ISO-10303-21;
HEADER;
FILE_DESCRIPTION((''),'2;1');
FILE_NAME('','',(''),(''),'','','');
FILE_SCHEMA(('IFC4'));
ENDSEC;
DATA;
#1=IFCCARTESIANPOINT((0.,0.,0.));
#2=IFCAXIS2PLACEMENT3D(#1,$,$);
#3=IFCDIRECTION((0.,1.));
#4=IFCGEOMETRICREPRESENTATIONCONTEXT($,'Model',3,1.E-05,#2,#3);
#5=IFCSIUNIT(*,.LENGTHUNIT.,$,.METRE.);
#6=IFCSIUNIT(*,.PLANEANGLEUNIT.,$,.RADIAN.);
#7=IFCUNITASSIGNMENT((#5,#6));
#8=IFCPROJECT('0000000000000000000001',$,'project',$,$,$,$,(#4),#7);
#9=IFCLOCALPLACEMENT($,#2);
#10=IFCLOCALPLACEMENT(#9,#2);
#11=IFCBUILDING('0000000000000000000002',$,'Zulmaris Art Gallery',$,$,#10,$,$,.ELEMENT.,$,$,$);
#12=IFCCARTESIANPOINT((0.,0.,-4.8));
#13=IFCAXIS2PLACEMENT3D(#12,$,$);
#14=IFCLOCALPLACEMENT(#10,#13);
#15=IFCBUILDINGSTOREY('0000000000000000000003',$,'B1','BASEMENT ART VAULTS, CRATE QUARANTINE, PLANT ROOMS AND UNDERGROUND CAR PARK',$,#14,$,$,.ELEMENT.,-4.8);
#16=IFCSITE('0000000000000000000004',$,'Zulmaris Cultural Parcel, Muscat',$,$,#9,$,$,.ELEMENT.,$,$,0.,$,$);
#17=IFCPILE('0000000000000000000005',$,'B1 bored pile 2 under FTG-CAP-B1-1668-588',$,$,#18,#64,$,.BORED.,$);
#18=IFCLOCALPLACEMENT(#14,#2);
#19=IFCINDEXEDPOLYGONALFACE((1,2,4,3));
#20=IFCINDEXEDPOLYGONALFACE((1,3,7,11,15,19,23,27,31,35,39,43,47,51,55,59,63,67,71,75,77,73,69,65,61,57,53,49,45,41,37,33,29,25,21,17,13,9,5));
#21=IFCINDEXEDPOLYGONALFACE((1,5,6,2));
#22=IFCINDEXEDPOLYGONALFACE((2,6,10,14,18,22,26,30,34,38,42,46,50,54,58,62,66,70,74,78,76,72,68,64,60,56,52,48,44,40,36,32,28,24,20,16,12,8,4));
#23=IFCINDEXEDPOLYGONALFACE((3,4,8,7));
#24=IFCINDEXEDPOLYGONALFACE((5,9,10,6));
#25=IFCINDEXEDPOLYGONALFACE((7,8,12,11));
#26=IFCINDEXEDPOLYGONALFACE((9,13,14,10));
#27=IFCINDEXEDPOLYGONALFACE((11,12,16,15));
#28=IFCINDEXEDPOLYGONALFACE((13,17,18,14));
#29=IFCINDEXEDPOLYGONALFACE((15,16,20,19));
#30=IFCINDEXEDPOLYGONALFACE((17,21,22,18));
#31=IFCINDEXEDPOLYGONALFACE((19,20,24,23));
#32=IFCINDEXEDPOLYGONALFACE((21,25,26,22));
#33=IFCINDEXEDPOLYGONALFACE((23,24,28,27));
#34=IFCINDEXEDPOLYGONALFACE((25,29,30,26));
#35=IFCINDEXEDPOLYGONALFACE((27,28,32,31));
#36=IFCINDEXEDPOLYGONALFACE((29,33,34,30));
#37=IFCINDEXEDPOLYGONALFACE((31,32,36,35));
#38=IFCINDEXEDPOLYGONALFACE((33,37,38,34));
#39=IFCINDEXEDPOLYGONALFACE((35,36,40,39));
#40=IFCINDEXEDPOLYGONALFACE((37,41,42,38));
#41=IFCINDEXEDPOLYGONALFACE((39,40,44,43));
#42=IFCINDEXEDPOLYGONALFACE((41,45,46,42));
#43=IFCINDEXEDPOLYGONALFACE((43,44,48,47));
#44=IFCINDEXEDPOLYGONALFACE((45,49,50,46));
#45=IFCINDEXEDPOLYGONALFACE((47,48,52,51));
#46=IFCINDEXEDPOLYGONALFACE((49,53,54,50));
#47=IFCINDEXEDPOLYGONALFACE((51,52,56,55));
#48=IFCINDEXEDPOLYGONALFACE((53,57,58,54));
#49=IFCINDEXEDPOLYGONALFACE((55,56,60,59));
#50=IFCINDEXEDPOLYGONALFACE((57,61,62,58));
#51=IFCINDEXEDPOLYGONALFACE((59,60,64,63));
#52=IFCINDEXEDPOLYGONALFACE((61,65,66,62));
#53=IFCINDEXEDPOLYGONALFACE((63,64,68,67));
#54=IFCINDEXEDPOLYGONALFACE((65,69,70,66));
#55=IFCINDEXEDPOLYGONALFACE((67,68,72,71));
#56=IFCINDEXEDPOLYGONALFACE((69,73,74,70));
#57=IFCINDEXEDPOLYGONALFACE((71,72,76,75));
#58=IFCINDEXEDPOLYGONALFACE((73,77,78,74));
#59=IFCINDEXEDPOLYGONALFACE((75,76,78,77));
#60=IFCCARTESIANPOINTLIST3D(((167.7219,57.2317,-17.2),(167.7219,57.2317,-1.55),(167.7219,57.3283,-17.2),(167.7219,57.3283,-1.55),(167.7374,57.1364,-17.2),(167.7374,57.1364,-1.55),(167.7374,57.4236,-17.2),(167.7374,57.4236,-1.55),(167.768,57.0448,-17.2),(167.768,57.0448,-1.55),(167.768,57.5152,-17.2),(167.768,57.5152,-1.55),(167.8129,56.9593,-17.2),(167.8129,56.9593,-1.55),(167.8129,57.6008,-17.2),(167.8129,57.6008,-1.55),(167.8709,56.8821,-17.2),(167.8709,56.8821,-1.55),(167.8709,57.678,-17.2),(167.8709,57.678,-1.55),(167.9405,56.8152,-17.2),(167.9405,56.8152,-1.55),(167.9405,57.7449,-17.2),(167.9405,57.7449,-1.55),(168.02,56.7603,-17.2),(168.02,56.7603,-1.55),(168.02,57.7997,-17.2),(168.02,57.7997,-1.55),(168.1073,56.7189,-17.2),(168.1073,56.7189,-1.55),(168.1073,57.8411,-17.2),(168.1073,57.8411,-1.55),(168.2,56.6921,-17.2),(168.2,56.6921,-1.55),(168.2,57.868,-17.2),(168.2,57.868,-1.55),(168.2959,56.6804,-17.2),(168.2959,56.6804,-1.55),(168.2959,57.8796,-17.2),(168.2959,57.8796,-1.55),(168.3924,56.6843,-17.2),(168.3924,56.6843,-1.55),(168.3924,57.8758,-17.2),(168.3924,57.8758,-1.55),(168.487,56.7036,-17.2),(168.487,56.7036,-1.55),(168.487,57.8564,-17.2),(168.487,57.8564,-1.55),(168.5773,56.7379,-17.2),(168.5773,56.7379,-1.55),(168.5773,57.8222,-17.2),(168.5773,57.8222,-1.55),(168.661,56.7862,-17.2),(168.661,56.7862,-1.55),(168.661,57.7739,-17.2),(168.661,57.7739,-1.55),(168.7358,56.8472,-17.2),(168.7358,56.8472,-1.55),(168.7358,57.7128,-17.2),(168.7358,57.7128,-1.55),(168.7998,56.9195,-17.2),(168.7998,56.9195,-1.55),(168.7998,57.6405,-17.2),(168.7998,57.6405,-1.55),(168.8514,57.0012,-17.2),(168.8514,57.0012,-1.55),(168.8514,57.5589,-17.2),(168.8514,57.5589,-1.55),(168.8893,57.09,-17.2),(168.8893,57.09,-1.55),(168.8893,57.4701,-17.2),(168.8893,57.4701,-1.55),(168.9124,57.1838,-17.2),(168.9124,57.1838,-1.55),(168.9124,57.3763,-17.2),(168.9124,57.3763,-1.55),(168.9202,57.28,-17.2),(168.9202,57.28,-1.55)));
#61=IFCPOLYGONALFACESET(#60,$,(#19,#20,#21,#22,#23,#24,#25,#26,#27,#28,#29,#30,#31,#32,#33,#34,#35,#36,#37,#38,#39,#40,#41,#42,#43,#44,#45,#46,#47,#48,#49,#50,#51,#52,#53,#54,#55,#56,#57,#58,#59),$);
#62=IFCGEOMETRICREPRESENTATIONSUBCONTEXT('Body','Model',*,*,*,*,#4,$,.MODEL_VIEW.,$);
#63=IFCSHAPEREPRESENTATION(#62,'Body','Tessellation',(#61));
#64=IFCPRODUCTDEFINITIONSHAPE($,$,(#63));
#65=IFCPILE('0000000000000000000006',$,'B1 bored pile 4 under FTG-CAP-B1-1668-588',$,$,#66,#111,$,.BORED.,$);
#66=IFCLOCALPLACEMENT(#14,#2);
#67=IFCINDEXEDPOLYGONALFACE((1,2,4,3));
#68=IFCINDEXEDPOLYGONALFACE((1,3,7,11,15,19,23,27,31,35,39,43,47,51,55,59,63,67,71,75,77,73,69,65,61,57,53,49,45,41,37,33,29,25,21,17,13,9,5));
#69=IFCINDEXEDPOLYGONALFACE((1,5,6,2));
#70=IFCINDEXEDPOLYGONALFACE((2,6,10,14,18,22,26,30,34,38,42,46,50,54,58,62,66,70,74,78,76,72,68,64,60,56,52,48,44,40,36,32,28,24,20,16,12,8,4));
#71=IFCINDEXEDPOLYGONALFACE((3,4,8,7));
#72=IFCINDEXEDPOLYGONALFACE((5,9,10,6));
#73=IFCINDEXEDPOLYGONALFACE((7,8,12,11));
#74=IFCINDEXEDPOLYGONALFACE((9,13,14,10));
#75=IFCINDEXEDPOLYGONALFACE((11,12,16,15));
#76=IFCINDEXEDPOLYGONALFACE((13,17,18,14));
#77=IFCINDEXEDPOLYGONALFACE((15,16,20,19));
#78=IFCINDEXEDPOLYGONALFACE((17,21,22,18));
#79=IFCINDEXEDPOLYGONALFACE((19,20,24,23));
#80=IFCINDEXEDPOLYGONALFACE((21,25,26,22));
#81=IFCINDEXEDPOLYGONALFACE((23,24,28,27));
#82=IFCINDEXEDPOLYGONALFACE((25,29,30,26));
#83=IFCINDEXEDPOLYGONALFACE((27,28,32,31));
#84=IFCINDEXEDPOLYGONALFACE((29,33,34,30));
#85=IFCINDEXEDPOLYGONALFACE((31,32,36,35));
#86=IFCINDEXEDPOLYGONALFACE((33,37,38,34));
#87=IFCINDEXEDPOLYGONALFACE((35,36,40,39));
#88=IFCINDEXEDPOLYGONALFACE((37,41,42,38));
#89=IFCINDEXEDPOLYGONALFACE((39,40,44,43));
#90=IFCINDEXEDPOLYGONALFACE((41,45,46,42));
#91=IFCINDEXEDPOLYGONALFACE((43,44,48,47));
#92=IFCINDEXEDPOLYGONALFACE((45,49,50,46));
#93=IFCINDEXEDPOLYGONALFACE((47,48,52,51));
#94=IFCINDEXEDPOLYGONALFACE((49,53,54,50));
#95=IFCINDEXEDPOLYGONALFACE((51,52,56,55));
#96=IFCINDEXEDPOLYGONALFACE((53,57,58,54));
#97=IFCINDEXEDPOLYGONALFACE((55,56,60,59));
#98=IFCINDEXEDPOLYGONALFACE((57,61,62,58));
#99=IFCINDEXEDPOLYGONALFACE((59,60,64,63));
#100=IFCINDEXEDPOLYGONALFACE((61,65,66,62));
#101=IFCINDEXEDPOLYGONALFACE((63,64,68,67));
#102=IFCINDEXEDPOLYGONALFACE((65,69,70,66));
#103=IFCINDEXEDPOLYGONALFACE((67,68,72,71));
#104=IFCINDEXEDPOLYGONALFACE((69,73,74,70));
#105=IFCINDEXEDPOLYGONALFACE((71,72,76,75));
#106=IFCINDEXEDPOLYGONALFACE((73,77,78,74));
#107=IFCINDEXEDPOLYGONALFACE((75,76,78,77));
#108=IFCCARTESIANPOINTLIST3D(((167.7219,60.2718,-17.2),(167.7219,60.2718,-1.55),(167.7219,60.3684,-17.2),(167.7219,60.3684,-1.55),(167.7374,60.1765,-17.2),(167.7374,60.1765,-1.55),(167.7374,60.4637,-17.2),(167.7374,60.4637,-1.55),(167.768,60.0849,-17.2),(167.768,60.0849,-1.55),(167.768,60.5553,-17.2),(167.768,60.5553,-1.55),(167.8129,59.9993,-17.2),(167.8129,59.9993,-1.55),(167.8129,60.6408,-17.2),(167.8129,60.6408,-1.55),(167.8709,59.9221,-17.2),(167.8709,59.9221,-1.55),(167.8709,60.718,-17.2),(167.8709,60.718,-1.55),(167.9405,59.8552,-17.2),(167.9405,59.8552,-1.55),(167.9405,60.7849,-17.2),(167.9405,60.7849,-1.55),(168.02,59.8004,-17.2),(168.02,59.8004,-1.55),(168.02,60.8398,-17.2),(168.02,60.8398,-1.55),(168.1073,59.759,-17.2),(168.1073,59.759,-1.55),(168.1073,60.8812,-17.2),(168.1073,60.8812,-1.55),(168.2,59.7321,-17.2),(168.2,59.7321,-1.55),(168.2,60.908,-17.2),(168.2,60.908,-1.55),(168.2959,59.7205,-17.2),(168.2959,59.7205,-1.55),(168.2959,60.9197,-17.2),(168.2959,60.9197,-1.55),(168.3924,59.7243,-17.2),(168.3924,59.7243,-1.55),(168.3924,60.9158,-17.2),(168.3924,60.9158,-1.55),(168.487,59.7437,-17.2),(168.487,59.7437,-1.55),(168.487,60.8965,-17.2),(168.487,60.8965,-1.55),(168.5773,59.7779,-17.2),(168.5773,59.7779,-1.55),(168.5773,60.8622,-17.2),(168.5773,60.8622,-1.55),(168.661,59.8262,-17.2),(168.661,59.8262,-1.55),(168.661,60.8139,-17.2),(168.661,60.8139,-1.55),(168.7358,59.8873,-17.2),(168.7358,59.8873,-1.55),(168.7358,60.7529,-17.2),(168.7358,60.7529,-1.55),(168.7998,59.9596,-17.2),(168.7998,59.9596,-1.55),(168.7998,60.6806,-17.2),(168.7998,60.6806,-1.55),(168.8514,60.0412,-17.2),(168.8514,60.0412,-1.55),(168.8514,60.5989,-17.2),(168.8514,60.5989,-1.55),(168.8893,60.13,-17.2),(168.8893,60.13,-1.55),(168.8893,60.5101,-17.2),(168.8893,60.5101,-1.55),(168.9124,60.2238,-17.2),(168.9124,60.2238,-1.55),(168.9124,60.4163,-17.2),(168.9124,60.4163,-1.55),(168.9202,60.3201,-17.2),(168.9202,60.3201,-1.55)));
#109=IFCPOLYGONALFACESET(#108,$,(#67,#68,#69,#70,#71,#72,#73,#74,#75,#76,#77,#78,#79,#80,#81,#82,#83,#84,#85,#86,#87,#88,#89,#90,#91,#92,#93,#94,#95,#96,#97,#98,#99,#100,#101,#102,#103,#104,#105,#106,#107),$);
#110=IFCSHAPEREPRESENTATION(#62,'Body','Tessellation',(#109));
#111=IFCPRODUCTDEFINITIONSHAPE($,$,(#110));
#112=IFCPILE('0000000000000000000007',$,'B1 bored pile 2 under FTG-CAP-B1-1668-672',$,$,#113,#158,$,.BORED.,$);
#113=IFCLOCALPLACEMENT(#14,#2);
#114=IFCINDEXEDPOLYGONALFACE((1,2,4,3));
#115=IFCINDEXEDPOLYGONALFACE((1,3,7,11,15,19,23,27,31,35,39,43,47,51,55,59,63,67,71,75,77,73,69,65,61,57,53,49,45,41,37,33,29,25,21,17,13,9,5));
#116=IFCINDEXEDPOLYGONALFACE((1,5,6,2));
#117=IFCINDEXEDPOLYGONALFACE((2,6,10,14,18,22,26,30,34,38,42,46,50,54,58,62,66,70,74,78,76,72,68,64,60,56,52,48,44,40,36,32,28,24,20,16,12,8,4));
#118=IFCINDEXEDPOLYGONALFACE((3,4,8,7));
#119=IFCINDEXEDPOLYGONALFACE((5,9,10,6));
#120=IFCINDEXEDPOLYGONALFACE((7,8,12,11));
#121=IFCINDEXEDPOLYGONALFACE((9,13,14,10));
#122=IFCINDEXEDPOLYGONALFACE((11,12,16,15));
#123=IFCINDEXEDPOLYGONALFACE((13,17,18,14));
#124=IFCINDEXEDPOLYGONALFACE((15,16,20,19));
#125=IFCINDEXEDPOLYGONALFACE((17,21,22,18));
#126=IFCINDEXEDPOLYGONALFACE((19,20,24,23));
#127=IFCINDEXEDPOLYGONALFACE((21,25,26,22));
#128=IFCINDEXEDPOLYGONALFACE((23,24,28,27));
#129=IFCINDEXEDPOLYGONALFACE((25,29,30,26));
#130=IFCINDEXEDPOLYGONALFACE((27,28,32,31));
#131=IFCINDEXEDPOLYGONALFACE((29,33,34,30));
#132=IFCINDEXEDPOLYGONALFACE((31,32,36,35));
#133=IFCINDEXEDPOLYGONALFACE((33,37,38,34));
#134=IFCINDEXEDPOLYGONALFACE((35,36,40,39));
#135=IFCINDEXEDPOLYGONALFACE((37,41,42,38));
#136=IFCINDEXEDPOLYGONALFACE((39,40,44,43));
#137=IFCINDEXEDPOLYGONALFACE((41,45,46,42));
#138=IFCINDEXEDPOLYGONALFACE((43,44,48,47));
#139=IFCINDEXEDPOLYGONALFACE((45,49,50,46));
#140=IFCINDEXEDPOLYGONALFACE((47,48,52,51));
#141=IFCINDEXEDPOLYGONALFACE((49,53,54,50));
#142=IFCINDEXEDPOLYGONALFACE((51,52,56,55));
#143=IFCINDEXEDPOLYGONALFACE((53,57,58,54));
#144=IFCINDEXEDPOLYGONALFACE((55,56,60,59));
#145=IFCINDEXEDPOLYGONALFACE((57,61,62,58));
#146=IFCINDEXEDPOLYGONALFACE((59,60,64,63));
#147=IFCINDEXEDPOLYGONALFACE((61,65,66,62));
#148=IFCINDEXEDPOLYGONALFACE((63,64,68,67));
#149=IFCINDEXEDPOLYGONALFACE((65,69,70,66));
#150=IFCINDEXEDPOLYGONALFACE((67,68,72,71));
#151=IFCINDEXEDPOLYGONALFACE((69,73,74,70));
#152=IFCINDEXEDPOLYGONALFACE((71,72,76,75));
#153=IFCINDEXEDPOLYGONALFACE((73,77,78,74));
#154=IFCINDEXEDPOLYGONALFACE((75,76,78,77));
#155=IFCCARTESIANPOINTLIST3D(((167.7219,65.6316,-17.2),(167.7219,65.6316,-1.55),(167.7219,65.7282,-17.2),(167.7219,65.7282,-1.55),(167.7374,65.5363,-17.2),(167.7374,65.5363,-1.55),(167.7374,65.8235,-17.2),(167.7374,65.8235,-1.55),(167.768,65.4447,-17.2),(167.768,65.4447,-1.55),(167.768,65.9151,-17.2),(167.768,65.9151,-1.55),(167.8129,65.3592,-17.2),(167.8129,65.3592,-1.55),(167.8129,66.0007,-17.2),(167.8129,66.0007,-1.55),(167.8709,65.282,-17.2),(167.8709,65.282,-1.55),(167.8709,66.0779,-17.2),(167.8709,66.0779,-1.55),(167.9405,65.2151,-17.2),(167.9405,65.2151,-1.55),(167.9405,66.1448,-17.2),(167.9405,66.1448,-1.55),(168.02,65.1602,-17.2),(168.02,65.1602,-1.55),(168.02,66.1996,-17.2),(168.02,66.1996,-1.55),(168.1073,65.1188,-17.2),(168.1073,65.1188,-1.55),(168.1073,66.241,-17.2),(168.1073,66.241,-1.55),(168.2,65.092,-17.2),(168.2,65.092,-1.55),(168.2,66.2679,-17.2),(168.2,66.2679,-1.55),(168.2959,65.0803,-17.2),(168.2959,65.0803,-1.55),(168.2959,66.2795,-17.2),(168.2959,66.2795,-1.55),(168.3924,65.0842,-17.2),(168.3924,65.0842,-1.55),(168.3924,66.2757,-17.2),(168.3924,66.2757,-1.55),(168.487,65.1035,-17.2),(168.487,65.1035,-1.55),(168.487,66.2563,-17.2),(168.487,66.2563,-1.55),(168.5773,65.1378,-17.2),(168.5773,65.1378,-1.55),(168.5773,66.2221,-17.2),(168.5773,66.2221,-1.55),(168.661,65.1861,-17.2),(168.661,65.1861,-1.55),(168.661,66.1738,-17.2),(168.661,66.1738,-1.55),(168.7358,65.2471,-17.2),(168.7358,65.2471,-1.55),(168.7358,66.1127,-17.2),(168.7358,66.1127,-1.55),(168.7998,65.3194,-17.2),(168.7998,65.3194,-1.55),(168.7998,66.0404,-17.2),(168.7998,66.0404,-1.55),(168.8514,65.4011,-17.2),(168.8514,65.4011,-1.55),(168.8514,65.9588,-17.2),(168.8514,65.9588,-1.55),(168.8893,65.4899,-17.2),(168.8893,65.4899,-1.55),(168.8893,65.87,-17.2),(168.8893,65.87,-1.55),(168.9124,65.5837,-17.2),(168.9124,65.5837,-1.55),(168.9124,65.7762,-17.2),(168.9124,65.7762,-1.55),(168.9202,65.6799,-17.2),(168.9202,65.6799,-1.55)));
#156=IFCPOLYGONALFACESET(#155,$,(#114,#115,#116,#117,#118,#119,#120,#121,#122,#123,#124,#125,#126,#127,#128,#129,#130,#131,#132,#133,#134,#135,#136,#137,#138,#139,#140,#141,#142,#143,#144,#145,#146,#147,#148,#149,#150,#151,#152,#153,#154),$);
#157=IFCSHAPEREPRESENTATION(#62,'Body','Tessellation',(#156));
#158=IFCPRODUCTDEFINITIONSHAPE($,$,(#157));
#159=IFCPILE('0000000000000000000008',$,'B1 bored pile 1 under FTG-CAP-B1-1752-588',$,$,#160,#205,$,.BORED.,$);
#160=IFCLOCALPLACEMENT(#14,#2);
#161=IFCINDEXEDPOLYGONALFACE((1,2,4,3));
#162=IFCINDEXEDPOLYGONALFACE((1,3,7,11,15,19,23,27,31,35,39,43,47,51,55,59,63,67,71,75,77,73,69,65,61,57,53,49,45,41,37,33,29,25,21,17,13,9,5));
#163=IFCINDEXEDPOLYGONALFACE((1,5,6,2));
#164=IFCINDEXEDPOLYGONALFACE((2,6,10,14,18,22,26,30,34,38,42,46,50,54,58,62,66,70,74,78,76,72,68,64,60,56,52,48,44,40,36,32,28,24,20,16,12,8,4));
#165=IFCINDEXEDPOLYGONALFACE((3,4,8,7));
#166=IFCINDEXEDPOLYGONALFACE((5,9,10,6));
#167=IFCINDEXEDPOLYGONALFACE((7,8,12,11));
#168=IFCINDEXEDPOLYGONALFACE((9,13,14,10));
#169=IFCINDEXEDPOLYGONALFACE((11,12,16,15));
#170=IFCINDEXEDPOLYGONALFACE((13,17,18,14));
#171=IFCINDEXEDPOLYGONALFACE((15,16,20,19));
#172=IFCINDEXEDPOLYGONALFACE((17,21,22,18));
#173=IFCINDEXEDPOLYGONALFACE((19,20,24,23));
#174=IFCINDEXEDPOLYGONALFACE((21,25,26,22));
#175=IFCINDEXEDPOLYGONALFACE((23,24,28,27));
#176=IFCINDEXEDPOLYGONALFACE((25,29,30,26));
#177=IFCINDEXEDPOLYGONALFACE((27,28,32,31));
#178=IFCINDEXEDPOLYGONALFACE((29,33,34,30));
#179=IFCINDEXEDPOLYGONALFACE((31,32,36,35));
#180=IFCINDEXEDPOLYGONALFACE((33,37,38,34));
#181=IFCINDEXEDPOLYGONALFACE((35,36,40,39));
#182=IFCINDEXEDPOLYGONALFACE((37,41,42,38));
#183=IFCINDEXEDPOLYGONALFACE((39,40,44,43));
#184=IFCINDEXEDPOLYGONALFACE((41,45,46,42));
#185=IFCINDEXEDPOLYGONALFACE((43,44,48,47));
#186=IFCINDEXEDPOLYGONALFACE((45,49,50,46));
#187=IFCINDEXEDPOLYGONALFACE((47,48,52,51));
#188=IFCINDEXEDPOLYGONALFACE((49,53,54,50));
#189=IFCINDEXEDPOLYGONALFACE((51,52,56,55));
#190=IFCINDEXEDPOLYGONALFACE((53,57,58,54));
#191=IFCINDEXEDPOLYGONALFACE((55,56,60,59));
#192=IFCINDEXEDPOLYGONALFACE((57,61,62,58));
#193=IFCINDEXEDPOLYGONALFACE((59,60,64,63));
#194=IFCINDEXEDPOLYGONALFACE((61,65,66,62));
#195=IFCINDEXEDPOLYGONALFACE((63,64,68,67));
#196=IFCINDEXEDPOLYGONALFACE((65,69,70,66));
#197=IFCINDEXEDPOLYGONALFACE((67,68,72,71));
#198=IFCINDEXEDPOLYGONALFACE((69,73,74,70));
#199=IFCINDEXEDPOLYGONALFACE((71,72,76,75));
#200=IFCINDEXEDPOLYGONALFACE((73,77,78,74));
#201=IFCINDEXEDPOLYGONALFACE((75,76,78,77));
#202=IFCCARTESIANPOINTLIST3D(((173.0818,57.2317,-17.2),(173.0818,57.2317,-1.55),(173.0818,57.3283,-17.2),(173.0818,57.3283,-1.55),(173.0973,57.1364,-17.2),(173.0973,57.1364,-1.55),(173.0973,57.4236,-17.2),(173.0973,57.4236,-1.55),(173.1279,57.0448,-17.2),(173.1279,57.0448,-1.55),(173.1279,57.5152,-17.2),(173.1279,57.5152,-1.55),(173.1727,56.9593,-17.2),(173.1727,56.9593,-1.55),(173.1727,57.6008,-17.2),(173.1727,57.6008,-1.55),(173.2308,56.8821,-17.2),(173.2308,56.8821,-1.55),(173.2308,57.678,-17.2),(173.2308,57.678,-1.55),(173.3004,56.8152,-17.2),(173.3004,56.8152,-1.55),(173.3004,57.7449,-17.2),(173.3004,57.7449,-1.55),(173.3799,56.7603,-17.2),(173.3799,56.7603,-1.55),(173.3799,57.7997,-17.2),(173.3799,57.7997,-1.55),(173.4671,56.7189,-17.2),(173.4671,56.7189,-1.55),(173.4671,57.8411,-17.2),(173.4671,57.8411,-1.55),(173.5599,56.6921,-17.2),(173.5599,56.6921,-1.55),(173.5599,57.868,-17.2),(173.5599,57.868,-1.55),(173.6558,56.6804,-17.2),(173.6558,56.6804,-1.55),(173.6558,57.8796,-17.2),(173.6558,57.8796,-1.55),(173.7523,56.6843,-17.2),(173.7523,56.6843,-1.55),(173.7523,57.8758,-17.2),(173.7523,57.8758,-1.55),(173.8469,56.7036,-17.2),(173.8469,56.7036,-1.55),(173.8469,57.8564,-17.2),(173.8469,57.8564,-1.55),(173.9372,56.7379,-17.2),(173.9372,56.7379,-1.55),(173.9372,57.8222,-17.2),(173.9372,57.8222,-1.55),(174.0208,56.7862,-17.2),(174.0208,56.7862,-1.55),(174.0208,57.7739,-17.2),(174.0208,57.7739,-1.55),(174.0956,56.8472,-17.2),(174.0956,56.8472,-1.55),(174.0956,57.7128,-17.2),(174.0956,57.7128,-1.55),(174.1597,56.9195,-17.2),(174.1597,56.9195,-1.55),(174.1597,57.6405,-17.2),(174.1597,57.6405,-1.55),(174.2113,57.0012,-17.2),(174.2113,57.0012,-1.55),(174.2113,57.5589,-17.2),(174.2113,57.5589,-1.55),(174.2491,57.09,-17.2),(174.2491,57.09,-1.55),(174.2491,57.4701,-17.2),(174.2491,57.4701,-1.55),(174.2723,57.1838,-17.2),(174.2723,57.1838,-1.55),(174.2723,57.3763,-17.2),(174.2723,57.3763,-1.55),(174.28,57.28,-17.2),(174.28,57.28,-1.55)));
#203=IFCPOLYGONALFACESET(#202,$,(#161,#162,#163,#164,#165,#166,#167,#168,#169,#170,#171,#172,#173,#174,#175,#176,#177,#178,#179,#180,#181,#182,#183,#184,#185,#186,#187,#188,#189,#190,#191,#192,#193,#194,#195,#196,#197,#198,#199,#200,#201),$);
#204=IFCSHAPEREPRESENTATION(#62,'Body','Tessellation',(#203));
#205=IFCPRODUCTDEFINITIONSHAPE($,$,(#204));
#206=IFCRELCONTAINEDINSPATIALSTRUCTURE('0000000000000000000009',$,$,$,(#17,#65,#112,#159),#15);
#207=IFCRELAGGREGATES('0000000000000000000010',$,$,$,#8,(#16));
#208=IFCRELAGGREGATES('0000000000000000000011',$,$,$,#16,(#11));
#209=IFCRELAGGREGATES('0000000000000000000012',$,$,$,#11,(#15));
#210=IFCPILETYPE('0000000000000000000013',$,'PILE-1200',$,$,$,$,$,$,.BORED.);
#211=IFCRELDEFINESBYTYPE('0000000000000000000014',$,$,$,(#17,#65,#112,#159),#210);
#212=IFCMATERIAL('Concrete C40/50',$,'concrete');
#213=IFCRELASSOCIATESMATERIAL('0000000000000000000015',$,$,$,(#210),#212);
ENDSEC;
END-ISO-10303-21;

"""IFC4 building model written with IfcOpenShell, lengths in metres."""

from ifc_helpers import new_model, si_unit, direction, frame, origin, origin_2d, place, context, subcontext, project, spatial, circle, extrude, material, material_profile, profile_set, type_object, element, save


model = new_model("IFC4")

# Units and contexts
model_context = context("Model", 3, precision=1e-05, world=origin(), true_north=direction((0.0, 1.0)))
body_context = subcontext(model_context, "Body", "Model", "MODEL_VIEW")
ifc_project = project(units=[si_unit("LENGTHUNIT", "METRE"), si_unit("PLANEANGLEUNIT", "RADIAN")], contexts=[model_context])

# Site, building, storey
site_placement = place(None, origin())
site = spatial("IfcSite", under=ifc_project, at=site_placement, Name="Zulmaris Cultural Parcel, Muscat", CompositionType="ELEMENT", RefElevation=0.0)
building_placement = place(site_placement, origin())
building = spatial("IfcBuilding", under=site, at=building_placement, Name="Zulmaris Art Gallery", CompositionType="ELEMENT")
storey_placement = place(building_placement, frame((0.0, 0.0, -4.8)))
storey = spatial("IfcBuildingStorey", under=building, at=storey_placement, Name="B1", Description="BASEMENT ART VAULTS, CRATE QUARANTINE, PLANT ROOMS AND UNDERGROUND CAR PARK", CompositionType="ELEMENT", Elevation=-4.8)

# Piles
ifc_material_1 = material(Name="Concrete C40/50", Category="concrete")
ifc_material_profile_1 = material_profile(ifc_material_1, circle(Radius=0.6001, at=origin_2d()), Name="PILE DIA 1200")
ifc_profile_set_1 = profile_set([ifc_material_profile_1], Name="Concrete C40/50")
pile_type = type_object("IfcPileType", Name="PILE-1200", PredefinedType="BORED", material=ifc_profile_set_1)
for number, where, z_axis, x_axis, name in (
    (1, (168.3201, 57.28, -1.55), (0.0, 0.0, -1.0), (1.0, 0.0, 0.0), "B1 bored pile 2 under FTG-CAP-B1-1668-588"),
    (2, (168.3201, 60.3201, -1.55), (0.0, 0.0, -1.0), (1.0, 0.0, 0.0), "B1 bored pile 4 under FTG-CAP-B1-1668-588"),
    (3, (168.3201, 65.6799, -1.55), (0.0, 0.0, -1.0), (1.0, 0.0, 0.0), "B1 bored pile 2 under FTG-CAP-B1-1668-672"),
    (4, (173.6799, 57.28, -1.55), (0.0, 0.0, -1.0), (1.0, 0.0, 0.0), "B1 bored pile 1 under FTG-CAP-B1-1752-588"),
):
    element("IfcPile", number, at=place(storey_placement, frame(where, z_axis=z_axis, x_axis=x_axis)), inside=storey, type_object=pile_type, Name=name, PredefinedType="BORED", context=body_context, shape_type="SweptSolid", body=[
        extrude(circle(Radius=0.6001, at=origin_2d()), origin(), (0.0, 0.0, 1.0), 15.6499),
    ])

save(model, "model.ifc")
